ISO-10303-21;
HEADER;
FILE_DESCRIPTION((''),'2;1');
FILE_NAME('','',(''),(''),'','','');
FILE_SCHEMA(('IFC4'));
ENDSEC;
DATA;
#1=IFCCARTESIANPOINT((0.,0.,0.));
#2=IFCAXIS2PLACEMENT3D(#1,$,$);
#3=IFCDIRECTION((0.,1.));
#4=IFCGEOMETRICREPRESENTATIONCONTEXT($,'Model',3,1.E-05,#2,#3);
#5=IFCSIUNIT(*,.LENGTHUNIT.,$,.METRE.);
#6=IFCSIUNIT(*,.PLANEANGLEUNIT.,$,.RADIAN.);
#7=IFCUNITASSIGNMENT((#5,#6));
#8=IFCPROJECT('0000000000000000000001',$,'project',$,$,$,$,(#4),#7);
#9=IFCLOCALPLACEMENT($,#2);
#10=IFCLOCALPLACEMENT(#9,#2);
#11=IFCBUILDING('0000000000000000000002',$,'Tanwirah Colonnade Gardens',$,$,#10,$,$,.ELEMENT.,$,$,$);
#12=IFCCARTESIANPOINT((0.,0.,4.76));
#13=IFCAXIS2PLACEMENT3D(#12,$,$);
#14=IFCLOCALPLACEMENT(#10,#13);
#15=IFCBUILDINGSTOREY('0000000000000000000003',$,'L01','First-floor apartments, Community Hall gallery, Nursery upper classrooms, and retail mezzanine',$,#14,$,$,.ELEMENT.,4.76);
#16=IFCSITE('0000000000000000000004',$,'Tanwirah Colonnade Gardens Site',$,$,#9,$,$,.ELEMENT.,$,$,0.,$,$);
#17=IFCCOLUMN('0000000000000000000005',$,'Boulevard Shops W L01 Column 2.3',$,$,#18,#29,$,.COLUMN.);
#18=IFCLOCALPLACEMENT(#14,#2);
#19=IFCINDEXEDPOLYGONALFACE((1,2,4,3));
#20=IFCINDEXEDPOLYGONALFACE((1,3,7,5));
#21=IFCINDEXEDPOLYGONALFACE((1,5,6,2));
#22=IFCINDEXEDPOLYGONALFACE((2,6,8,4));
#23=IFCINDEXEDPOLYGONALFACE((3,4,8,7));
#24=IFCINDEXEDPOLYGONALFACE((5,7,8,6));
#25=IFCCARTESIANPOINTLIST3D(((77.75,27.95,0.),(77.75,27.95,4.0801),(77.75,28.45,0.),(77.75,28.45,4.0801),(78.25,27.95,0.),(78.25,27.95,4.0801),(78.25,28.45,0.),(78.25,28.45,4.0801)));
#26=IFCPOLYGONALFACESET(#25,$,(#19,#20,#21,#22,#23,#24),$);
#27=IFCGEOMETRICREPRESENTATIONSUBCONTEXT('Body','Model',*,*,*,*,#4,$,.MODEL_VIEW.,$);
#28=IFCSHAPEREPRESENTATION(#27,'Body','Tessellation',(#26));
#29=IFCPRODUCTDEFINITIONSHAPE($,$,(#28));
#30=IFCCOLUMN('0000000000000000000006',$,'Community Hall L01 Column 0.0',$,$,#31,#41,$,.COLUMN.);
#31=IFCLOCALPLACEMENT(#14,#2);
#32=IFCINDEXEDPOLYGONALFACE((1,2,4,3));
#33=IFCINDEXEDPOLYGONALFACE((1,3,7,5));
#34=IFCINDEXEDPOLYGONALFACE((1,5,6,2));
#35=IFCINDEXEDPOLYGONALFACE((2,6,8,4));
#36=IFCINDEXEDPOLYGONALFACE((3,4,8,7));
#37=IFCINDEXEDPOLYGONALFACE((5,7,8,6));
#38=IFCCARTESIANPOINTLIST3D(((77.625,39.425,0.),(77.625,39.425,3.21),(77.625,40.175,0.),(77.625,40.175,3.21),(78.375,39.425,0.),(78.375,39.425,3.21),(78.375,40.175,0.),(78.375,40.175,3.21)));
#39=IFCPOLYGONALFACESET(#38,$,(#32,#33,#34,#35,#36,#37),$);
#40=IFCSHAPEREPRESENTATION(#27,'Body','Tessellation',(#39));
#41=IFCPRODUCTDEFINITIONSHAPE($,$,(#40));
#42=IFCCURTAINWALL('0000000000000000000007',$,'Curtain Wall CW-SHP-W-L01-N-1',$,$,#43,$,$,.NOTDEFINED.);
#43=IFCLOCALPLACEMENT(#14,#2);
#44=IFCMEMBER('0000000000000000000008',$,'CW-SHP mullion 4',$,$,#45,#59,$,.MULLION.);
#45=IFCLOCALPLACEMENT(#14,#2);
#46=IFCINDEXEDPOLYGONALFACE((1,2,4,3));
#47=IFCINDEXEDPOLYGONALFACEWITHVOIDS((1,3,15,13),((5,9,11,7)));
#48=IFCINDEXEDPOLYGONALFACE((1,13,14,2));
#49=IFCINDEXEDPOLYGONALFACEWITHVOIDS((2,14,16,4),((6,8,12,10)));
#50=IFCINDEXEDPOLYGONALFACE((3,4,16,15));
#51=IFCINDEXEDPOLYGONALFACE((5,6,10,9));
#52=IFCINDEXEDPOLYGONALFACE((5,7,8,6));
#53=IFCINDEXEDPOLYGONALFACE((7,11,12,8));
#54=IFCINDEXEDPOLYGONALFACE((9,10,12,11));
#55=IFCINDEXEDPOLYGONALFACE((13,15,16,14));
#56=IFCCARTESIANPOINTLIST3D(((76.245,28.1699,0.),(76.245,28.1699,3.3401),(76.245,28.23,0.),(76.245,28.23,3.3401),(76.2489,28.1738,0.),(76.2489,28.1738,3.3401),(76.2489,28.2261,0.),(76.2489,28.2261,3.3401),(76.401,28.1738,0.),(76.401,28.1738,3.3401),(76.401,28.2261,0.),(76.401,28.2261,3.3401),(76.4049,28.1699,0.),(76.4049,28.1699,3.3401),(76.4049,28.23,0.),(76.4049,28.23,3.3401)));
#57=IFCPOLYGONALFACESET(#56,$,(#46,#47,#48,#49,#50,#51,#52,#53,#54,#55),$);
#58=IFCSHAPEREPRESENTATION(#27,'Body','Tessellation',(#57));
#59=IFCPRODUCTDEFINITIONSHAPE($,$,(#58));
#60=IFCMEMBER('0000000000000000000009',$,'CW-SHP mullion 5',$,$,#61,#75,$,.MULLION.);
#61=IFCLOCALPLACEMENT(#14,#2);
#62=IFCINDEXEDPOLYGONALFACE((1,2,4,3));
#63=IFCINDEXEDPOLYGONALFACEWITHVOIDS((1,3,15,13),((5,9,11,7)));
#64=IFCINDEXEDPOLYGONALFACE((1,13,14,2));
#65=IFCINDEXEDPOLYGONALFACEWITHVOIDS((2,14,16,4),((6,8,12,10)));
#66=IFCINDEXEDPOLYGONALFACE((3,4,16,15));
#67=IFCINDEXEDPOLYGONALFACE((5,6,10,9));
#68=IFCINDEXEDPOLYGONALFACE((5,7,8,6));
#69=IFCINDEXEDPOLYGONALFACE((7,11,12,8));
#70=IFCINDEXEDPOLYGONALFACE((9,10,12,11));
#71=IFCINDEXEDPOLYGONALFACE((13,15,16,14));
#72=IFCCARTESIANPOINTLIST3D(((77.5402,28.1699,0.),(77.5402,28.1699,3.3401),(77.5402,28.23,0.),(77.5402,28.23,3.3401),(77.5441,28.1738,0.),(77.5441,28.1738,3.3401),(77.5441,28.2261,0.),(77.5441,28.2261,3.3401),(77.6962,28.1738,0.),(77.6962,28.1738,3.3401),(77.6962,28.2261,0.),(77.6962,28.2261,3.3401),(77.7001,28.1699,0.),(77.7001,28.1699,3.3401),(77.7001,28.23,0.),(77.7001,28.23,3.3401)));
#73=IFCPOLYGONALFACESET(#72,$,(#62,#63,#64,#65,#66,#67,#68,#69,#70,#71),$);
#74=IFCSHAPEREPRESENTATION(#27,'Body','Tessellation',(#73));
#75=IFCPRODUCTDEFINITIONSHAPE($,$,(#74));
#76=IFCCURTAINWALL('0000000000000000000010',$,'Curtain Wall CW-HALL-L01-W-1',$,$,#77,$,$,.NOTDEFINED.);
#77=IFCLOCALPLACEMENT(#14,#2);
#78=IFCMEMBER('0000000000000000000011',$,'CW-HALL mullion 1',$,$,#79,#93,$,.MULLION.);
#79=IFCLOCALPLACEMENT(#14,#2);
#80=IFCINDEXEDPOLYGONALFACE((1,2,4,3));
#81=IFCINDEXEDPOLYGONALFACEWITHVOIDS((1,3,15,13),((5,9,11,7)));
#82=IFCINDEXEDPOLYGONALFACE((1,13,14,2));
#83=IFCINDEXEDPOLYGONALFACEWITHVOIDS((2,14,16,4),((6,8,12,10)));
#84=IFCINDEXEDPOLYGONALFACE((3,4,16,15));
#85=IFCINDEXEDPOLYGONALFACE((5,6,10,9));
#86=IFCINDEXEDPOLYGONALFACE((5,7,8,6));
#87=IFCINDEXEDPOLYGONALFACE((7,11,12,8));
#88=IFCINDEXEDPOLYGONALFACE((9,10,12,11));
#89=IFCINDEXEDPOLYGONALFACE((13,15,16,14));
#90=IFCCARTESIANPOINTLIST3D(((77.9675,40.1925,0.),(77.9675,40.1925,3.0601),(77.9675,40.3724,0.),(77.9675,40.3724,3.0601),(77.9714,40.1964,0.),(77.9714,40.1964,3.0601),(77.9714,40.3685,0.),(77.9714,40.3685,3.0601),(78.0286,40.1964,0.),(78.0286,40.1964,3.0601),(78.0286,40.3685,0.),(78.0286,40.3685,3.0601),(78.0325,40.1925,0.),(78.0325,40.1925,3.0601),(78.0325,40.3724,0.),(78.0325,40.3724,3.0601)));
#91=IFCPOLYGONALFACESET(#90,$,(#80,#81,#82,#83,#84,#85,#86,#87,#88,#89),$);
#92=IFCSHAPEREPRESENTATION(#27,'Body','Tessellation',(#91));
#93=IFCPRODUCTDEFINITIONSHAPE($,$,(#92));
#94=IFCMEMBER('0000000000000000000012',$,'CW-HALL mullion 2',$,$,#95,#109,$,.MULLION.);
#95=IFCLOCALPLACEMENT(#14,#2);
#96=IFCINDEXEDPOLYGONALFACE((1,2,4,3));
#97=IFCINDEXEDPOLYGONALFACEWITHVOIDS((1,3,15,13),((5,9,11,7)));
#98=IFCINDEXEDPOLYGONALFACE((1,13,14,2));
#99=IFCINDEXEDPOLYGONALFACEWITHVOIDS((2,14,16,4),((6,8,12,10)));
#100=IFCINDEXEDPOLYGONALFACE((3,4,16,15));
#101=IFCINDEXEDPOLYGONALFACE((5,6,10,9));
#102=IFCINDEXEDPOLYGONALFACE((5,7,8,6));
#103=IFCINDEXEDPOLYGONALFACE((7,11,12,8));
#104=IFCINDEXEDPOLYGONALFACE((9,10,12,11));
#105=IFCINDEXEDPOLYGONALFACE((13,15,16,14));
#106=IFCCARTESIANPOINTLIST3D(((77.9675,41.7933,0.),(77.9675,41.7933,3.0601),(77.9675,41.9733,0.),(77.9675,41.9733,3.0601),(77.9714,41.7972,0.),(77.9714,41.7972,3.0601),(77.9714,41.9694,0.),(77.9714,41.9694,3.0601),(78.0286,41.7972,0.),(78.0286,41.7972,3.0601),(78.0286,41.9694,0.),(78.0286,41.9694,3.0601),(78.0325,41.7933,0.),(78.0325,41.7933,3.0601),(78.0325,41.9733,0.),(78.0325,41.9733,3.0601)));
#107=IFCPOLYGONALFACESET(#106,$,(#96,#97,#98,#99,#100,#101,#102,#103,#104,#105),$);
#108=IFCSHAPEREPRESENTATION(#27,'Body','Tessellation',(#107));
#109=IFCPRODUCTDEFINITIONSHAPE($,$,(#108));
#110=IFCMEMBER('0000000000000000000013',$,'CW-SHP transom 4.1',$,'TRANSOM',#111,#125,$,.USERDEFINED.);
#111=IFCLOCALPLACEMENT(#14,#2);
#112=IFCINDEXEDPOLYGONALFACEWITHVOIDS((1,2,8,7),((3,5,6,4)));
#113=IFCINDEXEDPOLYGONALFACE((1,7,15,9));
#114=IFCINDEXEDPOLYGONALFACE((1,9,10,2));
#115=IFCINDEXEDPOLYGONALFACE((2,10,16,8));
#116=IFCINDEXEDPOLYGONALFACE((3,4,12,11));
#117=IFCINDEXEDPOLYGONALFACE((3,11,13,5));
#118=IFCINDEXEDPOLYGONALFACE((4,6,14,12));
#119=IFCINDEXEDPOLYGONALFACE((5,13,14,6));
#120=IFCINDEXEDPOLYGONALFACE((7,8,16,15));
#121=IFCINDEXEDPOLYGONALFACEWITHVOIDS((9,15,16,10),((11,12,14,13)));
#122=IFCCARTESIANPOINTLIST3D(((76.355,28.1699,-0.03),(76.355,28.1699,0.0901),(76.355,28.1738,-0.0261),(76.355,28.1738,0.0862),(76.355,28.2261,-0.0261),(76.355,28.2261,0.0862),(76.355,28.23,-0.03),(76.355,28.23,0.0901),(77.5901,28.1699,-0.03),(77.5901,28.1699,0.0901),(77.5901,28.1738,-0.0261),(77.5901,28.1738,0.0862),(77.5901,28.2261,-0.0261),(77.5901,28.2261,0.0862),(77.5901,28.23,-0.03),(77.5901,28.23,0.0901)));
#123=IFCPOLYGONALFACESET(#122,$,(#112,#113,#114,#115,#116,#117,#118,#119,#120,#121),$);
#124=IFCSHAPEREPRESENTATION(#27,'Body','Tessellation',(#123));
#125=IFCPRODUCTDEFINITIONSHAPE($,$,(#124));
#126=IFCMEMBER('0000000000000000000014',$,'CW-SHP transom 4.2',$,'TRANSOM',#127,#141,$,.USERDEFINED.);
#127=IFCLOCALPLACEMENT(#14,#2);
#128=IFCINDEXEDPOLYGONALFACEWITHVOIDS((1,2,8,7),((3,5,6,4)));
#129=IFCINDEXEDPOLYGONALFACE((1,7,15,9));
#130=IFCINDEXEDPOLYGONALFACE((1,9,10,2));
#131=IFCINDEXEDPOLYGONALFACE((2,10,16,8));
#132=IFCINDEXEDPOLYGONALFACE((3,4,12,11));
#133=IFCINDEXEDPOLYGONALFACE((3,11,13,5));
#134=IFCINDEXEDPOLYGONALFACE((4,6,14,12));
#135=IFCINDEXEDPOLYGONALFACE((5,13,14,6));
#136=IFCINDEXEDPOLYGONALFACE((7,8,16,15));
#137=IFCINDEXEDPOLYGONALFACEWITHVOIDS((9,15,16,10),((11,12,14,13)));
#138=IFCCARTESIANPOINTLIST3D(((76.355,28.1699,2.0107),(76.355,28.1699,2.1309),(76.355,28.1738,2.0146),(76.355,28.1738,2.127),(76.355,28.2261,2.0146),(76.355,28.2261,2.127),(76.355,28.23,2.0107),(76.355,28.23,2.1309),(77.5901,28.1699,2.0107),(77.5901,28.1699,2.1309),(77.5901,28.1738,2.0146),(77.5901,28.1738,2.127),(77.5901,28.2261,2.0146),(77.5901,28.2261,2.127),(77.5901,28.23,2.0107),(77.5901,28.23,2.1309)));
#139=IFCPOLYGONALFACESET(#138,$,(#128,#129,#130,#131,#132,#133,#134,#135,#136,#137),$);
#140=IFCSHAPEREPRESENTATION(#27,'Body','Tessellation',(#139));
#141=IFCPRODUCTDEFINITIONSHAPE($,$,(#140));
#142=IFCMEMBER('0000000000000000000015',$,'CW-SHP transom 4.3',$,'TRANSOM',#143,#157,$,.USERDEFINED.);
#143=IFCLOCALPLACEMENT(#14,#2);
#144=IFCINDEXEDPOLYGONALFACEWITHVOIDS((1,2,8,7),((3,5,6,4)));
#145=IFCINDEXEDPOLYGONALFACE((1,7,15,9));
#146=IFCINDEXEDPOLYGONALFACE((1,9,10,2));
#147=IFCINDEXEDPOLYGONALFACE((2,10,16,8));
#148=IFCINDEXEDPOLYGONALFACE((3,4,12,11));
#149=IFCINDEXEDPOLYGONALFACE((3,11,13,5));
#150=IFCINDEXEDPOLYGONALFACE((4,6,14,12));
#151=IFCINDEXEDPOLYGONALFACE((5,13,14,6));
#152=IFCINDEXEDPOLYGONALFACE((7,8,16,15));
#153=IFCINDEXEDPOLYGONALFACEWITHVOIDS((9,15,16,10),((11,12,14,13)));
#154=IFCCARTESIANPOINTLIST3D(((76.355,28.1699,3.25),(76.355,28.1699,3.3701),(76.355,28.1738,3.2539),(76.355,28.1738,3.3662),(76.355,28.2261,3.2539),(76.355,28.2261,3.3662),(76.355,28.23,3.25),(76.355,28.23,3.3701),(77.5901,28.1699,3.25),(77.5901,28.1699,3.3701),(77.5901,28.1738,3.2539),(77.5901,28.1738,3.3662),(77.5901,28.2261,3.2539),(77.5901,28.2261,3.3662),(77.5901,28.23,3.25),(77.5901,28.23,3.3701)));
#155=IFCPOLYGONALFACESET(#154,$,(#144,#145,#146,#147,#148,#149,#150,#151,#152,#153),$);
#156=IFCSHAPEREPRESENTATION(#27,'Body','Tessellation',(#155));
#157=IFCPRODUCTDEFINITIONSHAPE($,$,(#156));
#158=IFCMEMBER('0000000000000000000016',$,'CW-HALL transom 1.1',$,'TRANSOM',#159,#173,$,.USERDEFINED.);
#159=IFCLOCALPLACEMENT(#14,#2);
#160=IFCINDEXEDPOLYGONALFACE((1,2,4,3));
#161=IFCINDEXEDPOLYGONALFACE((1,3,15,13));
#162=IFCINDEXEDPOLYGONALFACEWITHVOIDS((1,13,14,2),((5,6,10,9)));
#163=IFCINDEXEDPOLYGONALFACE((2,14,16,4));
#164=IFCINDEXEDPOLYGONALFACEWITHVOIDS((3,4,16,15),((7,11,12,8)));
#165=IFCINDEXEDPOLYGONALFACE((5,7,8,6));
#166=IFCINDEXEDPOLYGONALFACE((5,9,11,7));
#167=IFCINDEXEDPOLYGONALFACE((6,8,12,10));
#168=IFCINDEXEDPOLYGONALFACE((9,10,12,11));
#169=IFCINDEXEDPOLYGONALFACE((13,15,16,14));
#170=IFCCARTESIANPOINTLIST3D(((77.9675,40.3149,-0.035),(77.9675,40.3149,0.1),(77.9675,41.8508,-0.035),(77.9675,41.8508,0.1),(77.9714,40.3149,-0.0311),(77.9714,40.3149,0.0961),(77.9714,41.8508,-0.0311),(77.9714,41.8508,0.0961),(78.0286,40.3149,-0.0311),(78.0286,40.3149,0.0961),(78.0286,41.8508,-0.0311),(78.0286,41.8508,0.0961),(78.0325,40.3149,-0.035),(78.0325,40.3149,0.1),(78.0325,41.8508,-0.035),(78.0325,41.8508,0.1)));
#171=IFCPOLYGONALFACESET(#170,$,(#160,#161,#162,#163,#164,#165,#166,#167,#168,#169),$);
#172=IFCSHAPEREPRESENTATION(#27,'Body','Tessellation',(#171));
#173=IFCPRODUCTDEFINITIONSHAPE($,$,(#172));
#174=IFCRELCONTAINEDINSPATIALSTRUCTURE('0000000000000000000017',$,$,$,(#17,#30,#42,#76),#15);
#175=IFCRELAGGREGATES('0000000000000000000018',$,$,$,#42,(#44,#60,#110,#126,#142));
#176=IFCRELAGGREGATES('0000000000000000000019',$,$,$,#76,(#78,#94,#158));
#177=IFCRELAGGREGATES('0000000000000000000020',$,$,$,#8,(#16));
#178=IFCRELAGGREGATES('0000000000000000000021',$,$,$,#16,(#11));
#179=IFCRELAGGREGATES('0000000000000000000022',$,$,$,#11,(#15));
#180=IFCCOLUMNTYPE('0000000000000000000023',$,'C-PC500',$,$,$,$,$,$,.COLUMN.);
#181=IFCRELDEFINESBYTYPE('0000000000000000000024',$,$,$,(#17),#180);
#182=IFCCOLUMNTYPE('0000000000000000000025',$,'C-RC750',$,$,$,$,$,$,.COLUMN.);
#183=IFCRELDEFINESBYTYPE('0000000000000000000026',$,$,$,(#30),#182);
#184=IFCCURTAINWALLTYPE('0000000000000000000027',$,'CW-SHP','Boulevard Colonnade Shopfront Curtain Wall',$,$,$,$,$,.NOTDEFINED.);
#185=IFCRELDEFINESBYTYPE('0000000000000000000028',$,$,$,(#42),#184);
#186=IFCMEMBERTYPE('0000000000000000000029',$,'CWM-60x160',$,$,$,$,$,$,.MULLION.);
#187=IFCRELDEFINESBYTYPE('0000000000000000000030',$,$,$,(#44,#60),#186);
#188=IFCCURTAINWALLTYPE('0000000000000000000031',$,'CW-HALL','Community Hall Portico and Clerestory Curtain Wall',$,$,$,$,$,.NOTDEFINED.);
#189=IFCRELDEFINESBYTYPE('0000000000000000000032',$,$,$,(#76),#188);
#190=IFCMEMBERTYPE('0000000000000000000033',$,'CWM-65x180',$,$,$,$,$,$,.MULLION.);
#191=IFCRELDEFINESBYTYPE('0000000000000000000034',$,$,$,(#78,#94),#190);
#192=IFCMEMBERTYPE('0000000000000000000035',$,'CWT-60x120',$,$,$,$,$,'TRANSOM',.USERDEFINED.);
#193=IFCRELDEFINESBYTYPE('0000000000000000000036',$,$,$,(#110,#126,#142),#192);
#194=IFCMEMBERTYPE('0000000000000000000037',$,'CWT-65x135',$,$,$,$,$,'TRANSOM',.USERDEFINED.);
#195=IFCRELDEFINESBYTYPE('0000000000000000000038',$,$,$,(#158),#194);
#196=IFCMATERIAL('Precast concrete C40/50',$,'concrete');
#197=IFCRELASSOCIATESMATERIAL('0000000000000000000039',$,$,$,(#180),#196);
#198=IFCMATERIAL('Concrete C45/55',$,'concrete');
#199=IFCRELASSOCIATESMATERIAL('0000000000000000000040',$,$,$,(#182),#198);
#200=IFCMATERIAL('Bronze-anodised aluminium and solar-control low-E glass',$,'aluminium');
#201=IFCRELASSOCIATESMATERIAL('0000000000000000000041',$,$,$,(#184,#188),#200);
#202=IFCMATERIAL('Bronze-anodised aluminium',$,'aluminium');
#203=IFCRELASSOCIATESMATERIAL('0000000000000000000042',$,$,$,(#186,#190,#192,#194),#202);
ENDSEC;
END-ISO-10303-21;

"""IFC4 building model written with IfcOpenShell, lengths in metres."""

from ifc_helpers import new_model, si_unit, direction, frame, origin, origin_2d, place, context, subcontext, project, spatial, rectangle, hollow_rectangle, extrude, material, material_profile, profile_set, type_object, element, aggregate, save


model = new_model("IFC4")

# Units and contexts
model_context = context("Model", 3, precision=1e-05, world=origin(), true_north=direction((0.0, 1.0)))
body_context = subcontext(model_context, "Body", "Model", "MODEL_VIEW")
ifc_project = project(units=[si_unit("LENGTHUNIT", "METRE"), si_unit("PLANEANGLEUNIT", "RADIAN")], contexts=[model_context])

# Site, building, storey
site_placement = place(None, origin())
site = spatial("IfcSite", under=ifc_project, at=site_placement, Name="Tanwirah Colonnade Gardens Site", CompositionType="ELEMENT", RefElevation=0.0)
building_placement = place(site_placement, origin())
building = spatial("IfcBuilding", under=site, at=building_placement, Name="Tanwirah Colonnade Gardens", CompositionType="ELEMENT")
storey_placement = place(building_placement, frame((0.0, 0.0, 4.76)))
storey = spatial("IfcBuildingStorey", under=building, at=storey_placement, Name="L01", Description="First-floor apartments, Community Hall gallery, Nursery upper classrooms, and retail mezzanine", CompositionType="ELEMENT", Elevation=4.76)

# Columns
ifc_material_1 = material(Name="Precast concrete C40/50", Category="concrete")
ifc_material_profile_1 = material_profile(ifc_material_1, rectangle(XDim=0.5, YDim=0.5, at=origin_2d()), Name="PC-COL 500x500")
ifc_profile_set_1 = profile_set([ifc_material_profile_1], Name="Precast concrete C40/50")
column_type_1 = type_object("IfcColumnType", Name="C-PC500", PredefinedType="COLUMN", material=ifc_profile_set_1)
column_1_placement = place(storey_placement, frame((78.0, 28.2, 0.0), z_axis=(0.0, 0.0, 1.0), x_axis=(1.0, 0.0, 0.0)))
element("IfcColumn", 1, at=column_1_placement, inside=storey, type_object=column_type_1, Name="Boulevard Shops W L01 Column 2.3", PredefinedType="COLUMN", context=body_context, shape_type="SweptSolid", body=[
    extrude(rectangle(XDim=0.5, YDim=0.5, at=origin_2d()), origin(), (0.0, 0.0, 1.0), 4.0801),
])
ifc_material_2 = material(Name="Concrete C45/55", Category="concrete")
ifc_material_profile_2 = material_profile(ifc_material_2, rectangle(XDim=0.75, YDim=0.75, at=origin_2d()), Name="RC-COL 750x750")
ifc_profile_set_2 = profile_set([ifc_material_profile_2], Name="Concrete C45/55")
column_type_2 = type_object("IfcColumnType", Name="C-RC750", PredefinedType="COLUMN", material=ifc_profile_set_2)
column_2_placement = place(storey_placement, frame((78.0, 39.8, 0.0), z_axis=(0.0, 0.0, 1.0), x_axis=(1.0, 0.0, 0.0)))
element("IfcColumn", 2, at=column_2_placement, inside=storey, type_object=column_type_2, Name="Community Hall L01 Column 0.0", PredefinedType="COLUMN", context=body_context, shape_type="SweptSolid", body=[
    extrude(rectangle(XDim=0.75, YDim=0.75, at=origin_2d()), origin(), (0.0, 0.0, 1.0), 3.21),
])

# Curtain walls, members
ifc_material_3 = material(Name="Bronze-anodised aluminium and solar-control low-E glass", Category="aluminium")
curtain_wall_type_1 = type_object("IfcCurtainWallType", Name="CW-SHP", Description="Boulevard Colonnade Shopfront Curtain Wall", PredefinedType="NOTDEFINED", material=ifc_material_3)
curtain_wall_1_placement = place(storey_placement, origin())
curtain_wall_1 = element("IfcCurtainWall", 3, at=curtain_wall_1_placement, inside=storey, type_object=curtain_wall_type_1, Name="Curtain Wall CW-SHP-W-L01-N-1", PredefinedType="NOTDEFINED")
ifc_material_4 = material(Name="Bronze-anodised aluminium", Category="aluminium")
ifc_material_profile_3 = material_profile(ifc_material_4, hollow_rectangle(XDim=0.0601, YDim=0.1599, WallThickness=0.0039, at=origin_2d()), Name="CW-MUL 60x160x4")
ifc_profile_set_3 = profile_set([ifc_material_profile_3], Name="Bronze-anodised aluminium")
member_type_1 = type_object("IfcMemberType", Name="CWM-60x160", PredefinedType="MULLION", material=ifc_profile_set_3)
member_1_placement = place(storey_placement, frame((76.325, 28.2, 0.0), z_axis=(0.0, 0.0, 1.0), x_axis=(0.0, 1.0, 0.0)))
member_1 = element("IfcMember", 4, at=member_1_placement, type_object=member_type_1, Name="CW-SHP mullion 4", PredefinedType="MULLION", context=body_context, shape_type="SweptSolid", body=[
    extrude(hollow_rectangle(XDim=0.0601, YDim=0.1599, WallThickness=0.0039, at=origin_2d()), origin(), (0.0, 0.0, 1.0), 3.3401),
])
member_2_placement = place(storey_placement, frame((77.6201, 28.2, 0.0), z_axis=(0.0, 0.0, 1.0), x_axis=(0.0, 1.0, 0.0)))
member_2 = element("IfcMember", 5, at=member_2_placement, type_object=member_type_1, Name="CW-SHP mullion 5", PredefinedType="MULLION", context=body_context, shape_type="SweptSolid", body=[
    extrude(hollow_rectangle(XDim=0.0601, YDim=0.1599, WallThickness=0.0039, at=origin_2d()), origin(), (0.0, 0.0, 1.0), 3.3401),
])
curtain_wall_type_2 = type_object("IfcCurtainWallType", Name="CW-HALL", Description="Community Hall Portico and Clerestory Curtain Wall", PredefinedType="NOTDEFINED", material=ifc_material_3)
curtain_wall_2_placement = place(storey_placement, origin())
curtain_wall_2 = element("IfcCurtainWall", 6, at=curtain_wall_2_placement, inside=storey, type_object=curtain_wall_type_2, Name="Curtain Wall CW-HALL-L01-W-1", PredefinedType="NOTDEFINED")
ifc_material_profile_4 = material_profile(ifc_material_4, hollow_rectangle(XDim=0.0649, YDim=0.1799, WallThickness=0.0039, at=origin_2d()), Name="CW-MUL 65x180x4")
ifc_profile_set_4 = profile_set([ifc_material_profile_4], Name="Bronze-anodised aluminium")
member_type_2 = type_object("IfcMemberType", Name="CWM-65x180", PredefinedType="MULLION", material=ifc_profile_set_4)
member_3_placement = place(storey_placement, frame((78.0, 40.2825, 0.0), z_axis=(0.0, 0.0, 1.0), x_axis=(-1.0, 0.0, 0.0)))
member_3 = element("IfcMember", 7, at=member_3_placement, type_object=member_type_2, Name="CW-HALL mullion 1", PredefinedType="MULLION", context=body_context, shape_type="SweptSolid", body=[
    extrude(hollow_rectangle(XDim=0.0649, YDim=0.1799, WallThickness=0.0039, at=origin_2d()), origin(), (0.0, 0.0, 1.0), 3.0601),
])
member_4_placement = place(storey_placement, frame((78.0, 41.8833, 0.0), z_axis=(0.0, 0.0, 1.0), x_axis=(-1.0, 0.0, 0.0)))
member_4 = element("IfcMember", 8, at=member_4_placement, type_object=member_type_2, Name="CW-HALL mullion 2", PredefinedType="MULLION", context=body_context, shape_type="SweptSolid", body=[
    extrude(hollow_rectangle(XDim=0.0649, YDim=0.1799, WallThickness=0.0039, at=origin_2d()), origin(), (0.0, 0.0, 1.0), 3.0601),
])

# Members
ifc_material_profile_5 = material_profile(ifc_material_4, hollow_rectangle(XDim=0.0601, YDim=0.1201, WallThickness=0.0039, at=origin_2d()), Name="CW-TRN 60x120x4")
ifc_profile_set_5 = profile_set([ifc_material_profile_5], Name="Bronze-anodised aluminium")
member_type_3 = type_object("IfcMemberType", Name="CWT-60x120", ElementType="TRANSOM", PredefinedType="USERDEFINED", material=ifc_profile_set_5)
member_5_placement = place(storey_placement, frame((76.355, 28.2, 0.03), z_axis=(1.0, 0.0, 0.0), x_axis=(0.0, 1.0, 0.0)))
member_5 = element("IfcMember", 9, at=member_5_placement, type_object=member_type_3, Name="CW-SHP transom 4.1", ObjectType="TRANSOM", PredefinedType="USERDEFINED", context=body_context, shape_type="SweptSolid", body=[
    extrude(hollow_rectangle(XDim=0.0601, YDim=0.1201, WallThickness=0.0039, at=origin_2d()), origin(), (0.0, 0.0, 1.0), 1.2351),
])
member_6_placement = place(storey_placement, frame((76.355, 28.2, 2.0708), z_axis=(1.0, 0.0, 0.0), x_axis=(0.0, 1.0, 0.0)))
member_6 = element("IfcMember", 10, at=member_6_placement, type_object=member_type_3, Name="CW-SHP transom 4.2", ObjectType="TRANSOM", PredefinedType="USERDEFINED", context=body_context, shape_type="SweptSolid", body=[
    extrude(hollow_rectangle(XDim=0.0601, YDim=0.1201, WallThickness=0.0039, at=origin_2d()), origin(), (0.0, 0.0, 1.0), 1.2351),
])
member_7_placement = place(storey_placement, frame((76.355, 28.2, 3.3101), z_axis=(1.0, 0.0, 0.0), x_axis=(0.0, 1.0, 0.0)))
member_7 = element("IfcMember", 11, at=member_7_placement, type_object=member_type_3, Name="CW-SHP transom 4.3", ObjectType="TRANSOM", PredefinedType="USERDEFINED", context=body_context, shape_type="SweptSolid", body=[
    extrude(hollow_rectangle(XDim=0.0601, YDim=0.1201, WallThickness=0.0039, at=origin_2d()), origin(), (0.0, 0.0, 1.0), 1.2351),
])
ifc_material_profile_6 = material_profile(ifc_material_4, hollow_rectangle(XDim=0.0649, YDim=0.135, WallThickness=0.0039, at=origin_2d()), Name="CW-TRN 65x135x4")
ifc_profile_set_6 = profile_set([ifc_material_profile_6], Name="Bronze-anodised aluminium")
member_type_4 = type_object("IfcMemberType", Name="CWT-65x135", ElementType="TRANSOM", PredefinedType="USERDEFINED", material=ifc_profile_set_6)
member_8_placement = place(storey_placement, frame((78.0, 40.3149, 0.0325), z_axis=(0.0, 1.0, 0.0), x_axis=(-1.0, 0.0, 0.0)))
member_8 = element("IfcMember", 12, at=member_8_placement, type_object=member_type_4, Name="CW-HALL transom 1.1", ObjectType="TRANSOM", PredefinedType="USERDEFINED", context=body_context, shape_type="SweptSolid", body=[
    extrude(hollow_rectangle(XDim=0.0649, YDim=0.135, WallThickness=0.0039, at=origin_2d()), origin(), (0.0, 0.0, 1.0), 1.5359),
])

aggregate(curtain_wall_1, [member_1, member_2, member_5, member_6, member_7])
aggregate(curtain_wall_2, [member_3, member_4, member_8])

save(model, "model.ifc")
